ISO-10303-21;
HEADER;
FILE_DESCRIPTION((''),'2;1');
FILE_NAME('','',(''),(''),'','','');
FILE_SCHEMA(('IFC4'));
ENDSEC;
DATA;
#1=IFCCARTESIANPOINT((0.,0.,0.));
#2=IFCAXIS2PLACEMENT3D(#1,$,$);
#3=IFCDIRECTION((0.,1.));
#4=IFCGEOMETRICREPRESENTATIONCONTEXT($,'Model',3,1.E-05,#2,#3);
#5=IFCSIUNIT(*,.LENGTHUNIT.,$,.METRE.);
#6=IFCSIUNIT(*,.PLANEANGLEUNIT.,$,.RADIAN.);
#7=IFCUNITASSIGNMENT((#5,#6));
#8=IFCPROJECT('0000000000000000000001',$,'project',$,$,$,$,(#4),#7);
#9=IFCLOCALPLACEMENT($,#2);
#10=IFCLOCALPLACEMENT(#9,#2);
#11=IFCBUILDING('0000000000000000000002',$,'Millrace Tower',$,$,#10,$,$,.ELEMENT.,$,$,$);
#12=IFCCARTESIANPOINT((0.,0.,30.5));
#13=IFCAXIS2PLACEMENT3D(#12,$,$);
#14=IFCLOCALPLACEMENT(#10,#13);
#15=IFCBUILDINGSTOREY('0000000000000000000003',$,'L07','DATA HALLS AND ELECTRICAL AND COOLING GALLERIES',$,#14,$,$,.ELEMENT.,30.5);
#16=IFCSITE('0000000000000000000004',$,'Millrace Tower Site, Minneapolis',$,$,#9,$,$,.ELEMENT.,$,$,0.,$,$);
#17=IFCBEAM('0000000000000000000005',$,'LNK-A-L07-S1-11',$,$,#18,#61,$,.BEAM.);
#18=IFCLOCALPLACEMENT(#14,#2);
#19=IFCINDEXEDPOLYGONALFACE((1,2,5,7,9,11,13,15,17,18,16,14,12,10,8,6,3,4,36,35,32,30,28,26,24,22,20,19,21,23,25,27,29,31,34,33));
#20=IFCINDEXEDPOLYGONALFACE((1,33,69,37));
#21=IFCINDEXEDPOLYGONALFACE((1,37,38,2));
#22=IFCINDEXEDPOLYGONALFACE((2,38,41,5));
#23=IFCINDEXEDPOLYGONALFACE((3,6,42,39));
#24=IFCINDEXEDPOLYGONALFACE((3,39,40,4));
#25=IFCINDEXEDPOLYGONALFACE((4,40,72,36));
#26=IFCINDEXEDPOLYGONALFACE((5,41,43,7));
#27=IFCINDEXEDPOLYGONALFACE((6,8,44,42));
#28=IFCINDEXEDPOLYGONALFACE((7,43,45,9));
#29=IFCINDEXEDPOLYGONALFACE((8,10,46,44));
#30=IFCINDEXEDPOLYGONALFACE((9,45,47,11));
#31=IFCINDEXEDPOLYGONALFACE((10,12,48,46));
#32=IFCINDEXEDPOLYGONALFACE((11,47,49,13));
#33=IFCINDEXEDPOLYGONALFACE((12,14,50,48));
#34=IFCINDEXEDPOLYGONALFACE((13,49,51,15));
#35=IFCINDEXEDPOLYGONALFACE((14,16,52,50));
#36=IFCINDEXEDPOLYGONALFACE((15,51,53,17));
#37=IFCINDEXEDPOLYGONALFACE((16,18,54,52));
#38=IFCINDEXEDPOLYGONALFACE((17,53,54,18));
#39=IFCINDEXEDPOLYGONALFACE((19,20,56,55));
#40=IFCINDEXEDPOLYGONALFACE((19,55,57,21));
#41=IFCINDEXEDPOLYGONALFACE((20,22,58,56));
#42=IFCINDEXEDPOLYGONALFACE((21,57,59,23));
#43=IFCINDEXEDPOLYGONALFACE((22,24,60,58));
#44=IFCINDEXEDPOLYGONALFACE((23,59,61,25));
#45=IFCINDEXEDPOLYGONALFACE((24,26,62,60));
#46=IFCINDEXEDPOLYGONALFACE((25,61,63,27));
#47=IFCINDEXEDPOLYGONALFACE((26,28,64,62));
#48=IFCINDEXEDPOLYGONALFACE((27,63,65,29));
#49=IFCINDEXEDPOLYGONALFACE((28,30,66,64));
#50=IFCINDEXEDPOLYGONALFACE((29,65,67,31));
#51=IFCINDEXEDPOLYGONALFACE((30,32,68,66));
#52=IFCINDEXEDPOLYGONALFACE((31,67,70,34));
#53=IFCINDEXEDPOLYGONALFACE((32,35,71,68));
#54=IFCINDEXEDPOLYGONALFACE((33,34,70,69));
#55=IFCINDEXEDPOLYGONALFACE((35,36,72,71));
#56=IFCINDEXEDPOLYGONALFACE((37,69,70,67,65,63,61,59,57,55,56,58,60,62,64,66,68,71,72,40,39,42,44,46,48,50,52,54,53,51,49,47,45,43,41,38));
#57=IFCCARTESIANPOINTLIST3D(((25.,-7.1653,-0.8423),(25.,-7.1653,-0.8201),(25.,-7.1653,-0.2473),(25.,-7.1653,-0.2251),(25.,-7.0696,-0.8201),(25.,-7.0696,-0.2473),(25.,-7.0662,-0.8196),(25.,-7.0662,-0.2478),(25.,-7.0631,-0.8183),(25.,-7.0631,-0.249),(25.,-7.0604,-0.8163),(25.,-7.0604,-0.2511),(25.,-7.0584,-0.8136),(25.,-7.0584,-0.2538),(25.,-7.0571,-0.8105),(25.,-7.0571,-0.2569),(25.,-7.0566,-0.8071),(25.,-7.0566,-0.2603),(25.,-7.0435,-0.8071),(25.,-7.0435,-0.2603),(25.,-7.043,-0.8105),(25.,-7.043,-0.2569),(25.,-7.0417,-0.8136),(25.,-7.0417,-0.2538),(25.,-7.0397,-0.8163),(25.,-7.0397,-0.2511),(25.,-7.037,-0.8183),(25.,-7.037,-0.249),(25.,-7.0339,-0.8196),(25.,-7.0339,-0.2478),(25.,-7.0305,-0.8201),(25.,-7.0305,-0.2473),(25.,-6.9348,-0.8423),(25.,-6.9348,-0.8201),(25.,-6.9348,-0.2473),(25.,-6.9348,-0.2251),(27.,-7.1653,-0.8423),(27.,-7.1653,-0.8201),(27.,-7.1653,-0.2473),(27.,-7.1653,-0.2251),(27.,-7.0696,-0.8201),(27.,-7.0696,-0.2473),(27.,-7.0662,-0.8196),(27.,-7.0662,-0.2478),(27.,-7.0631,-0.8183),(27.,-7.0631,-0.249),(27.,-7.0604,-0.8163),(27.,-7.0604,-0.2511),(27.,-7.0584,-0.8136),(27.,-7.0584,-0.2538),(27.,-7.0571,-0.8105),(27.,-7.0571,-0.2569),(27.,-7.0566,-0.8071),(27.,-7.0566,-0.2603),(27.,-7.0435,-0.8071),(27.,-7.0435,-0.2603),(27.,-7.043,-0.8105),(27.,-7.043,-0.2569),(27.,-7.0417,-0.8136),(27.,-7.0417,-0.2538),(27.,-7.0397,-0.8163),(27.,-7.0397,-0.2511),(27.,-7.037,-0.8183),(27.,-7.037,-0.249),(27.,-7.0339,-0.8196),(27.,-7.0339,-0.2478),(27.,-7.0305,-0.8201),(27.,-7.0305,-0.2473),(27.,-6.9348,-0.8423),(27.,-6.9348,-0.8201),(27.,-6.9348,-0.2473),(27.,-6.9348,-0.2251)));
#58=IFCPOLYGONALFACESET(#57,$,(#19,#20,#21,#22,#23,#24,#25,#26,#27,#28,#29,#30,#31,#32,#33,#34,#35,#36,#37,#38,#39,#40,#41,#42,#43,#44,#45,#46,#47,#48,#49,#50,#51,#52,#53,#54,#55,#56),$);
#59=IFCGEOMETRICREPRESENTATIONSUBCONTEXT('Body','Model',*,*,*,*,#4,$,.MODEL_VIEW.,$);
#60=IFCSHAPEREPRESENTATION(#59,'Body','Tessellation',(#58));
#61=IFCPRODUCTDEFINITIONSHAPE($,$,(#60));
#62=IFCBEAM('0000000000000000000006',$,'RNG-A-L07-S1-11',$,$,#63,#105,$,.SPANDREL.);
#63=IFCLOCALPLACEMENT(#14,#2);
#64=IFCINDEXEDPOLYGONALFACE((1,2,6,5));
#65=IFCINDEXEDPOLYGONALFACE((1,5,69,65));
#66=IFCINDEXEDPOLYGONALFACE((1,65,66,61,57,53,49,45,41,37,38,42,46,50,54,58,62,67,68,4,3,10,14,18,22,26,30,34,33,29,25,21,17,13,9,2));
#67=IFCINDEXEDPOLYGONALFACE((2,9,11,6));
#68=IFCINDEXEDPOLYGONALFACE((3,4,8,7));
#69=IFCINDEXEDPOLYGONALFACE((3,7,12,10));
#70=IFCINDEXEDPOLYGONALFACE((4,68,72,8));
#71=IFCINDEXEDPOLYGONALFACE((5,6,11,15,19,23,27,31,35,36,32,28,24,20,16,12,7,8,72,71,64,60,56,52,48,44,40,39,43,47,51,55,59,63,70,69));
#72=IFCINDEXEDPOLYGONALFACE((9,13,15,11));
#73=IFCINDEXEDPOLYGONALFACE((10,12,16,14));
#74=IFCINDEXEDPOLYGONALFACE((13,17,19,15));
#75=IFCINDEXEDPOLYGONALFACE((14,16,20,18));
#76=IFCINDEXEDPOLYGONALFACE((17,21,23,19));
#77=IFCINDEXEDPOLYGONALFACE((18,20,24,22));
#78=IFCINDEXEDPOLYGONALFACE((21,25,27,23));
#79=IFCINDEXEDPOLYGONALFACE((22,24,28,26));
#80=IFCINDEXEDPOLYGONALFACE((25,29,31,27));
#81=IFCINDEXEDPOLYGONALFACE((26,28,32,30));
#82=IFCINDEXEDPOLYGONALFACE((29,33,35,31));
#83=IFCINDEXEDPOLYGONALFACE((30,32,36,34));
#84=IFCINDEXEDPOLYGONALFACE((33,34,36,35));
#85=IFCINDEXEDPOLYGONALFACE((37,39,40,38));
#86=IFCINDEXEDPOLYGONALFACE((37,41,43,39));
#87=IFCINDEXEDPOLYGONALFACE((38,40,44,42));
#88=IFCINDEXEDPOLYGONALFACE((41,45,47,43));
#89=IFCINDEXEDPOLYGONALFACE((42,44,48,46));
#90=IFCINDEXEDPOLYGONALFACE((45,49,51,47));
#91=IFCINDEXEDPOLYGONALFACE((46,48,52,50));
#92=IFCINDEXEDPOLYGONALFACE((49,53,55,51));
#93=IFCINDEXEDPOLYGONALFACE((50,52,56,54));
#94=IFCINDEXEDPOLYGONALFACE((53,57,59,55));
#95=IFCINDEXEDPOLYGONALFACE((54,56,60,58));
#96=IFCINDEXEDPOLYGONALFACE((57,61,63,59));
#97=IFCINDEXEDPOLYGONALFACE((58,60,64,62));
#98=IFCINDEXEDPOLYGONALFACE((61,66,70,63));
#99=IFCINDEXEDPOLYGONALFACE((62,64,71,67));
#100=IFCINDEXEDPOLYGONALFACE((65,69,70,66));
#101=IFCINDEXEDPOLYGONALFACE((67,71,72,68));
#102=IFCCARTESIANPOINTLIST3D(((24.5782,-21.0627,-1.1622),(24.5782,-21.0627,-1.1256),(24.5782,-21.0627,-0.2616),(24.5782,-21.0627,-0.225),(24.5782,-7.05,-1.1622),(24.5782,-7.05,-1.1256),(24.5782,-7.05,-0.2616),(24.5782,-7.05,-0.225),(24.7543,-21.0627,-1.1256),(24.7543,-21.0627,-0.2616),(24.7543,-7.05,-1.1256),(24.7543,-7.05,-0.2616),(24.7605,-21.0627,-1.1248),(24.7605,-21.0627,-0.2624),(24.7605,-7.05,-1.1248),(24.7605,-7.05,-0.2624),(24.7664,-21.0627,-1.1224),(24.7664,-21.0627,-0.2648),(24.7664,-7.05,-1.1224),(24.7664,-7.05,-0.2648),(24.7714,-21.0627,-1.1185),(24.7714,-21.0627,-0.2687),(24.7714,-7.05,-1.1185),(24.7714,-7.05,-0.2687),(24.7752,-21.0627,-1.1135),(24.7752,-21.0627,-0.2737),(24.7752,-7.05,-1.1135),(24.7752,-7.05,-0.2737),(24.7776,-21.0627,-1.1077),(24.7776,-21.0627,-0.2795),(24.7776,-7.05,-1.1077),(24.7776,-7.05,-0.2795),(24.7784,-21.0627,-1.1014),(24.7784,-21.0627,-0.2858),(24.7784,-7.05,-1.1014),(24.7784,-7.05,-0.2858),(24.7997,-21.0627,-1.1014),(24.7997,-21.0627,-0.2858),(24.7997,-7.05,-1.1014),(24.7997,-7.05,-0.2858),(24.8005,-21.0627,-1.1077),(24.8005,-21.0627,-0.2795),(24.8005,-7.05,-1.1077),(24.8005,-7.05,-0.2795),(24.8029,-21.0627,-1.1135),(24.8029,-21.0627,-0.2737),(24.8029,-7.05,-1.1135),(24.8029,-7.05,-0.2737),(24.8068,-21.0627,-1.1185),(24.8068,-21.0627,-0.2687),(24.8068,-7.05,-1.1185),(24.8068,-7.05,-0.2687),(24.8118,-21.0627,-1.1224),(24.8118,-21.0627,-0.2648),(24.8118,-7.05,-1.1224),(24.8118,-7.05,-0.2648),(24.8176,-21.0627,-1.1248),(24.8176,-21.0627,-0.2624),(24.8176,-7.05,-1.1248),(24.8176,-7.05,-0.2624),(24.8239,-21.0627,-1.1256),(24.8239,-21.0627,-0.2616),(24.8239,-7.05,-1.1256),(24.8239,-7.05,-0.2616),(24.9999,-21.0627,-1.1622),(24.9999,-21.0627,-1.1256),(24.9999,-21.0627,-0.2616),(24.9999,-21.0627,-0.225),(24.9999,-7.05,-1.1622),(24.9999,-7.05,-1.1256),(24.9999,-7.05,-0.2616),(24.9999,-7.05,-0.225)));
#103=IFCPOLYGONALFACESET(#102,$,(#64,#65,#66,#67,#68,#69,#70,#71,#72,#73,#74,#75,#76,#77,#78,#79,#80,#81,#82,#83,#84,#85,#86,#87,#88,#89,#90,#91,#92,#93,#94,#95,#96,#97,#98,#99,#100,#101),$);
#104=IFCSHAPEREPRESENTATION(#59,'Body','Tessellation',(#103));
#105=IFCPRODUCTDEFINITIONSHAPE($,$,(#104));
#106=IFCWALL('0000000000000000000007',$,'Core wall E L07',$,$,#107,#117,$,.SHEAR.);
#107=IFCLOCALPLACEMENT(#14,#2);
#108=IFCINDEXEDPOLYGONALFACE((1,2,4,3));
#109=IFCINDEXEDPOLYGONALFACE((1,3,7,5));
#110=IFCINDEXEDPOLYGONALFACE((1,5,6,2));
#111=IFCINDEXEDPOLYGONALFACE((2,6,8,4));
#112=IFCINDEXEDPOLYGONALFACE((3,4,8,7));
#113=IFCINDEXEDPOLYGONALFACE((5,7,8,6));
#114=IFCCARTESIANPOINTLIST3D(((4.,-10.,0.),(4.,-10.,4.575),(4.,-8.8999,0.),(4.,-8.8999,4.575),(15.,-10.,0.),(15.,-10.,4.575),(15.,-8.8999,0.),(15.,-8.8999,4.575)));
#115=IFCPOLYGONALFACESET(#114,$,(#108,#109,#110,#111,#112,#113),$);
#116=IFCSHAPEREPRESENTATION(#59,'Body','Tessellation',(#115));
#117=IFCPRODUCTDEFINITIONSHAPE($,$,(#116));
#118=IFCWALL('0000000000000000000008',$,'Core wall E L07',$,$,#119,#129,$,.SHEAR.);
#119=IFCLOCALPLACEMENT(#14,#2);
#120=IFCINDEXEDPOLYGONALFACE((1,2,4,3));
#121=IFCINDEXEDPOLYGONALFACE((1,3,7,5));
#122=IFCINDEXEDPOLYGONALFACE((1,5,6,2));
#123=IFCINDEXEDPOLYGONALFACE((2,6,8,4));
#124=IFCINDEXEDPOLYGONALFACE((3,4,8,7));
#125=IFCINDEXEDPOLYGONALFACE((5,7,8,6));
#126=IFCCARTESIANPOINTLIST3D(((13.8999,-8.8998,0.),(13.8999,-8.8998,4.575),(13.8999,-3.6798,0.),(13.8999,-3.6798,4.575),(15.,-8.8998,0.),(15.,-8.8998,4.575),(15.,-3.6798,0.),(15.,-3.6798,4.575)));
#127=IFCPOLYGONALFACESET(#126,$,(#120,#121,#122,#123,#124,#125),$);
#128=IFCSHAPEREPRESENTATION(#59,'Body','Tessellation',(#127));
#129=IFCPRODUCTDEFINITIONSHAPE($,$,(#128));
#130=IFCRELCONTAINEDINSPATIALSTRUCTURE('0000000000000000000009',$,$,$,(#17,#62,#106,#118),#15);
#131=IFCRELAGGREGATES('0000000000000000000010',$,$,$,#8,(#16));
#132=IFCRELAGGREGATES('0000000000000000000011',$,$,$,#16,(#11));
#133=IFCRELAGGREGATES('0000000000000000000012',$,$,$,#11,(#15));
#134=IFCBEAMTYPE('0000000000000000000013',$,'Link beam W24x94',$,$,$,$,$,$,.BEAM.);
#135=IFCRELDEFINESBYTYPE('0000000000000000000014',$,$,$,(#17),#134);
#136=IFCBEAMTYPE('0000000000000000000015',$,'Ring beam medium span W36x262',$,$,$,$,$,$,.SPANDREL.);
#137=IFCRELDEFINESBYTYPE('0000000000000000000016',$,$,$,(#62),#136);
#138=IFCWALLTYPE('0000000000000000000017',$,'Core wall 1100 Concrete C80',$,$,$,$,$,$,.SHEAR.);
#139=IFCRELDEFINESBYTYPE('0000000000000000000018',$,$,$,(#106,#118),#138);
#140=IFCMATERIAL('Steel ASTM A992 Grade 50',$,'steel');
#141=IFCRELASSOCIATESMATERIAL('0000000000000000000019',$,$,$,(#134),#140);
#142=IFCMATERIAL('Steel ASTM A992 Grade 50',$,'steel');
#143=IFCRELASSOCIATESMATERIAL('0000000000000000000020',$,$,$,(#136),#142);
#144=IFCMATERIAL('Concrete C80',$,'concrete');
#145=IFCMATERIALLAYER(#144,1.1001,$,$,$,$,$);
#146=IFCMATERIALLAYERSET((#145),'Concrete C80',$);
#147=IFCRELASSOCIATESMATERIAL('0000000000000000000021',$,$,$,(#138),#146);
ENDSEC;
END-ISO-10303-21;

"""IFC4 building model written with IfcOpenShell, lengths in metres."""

from ifc_helpers import new_model, si_unit, direction, frame, frame_2d, origin, origin_2d, place, context, subcontext, project, spatial, rectangle, i_section, extrude, material, layer, layer_set, material_profile, profile_set, type_object, element, save


model = new_model("IFC4")

# Units and contexts
model_context = context("Model", 3, precision=1e-05, world=origin(), true_north=direction((0.0, 1.0)))
body_context = subcontext(model_context, "Body", "Model", "MODEL_VIEW")
ifc_project = project(units=[si_unit("LENGTHUNIT", "METRE"), si_unit("PLANEANGLEUNIT", "RADIAN")], contexts=[model_context])

# Site, building, storey
site_placement = place(None, origin())
site = spatial("IfcSite", under=ifc_project, at=site_placement, Name="Millrace Tower Site, Minneapolis", CompositionType="ELEMENT", RefElevation=0.0)
building_placement = place(site_placement, origin())
building = spatial("IfcBuilding", under=site, at=building_placement, Name="Millrace Tower", CompositionType="ELEMENT")
storey_placement = place(building_placement, frame((0.0, 0.0, 30.5)))
storey = spatial("IfcBuildingStorey", under=building, at=storey_placement, Name="L07", Description="DATA HALLS AND ELECTRICAL AND COOLING GALLERIES", CompositionType="ELEMENT", Elevation=30.5)

# Beams
ifc_material_1 = material(Name="Steel ASTM A992 Grade 50", Category="steel")
ifc_material_profile_1 = material_profile(ifc_material_1, i_section(OverallWidth=0.2305, OverallDepth=0.6172, WebThickness=0.0132, FlangeThickness=0.0222, FilletRadius=0.0129, at=origin_2d()))
ifc_profile_set_1 = profile_set([ifc_material_profile_1], Name="Steel ASTM A992 Grade 50")
beam_type_1 = type_object("IfcBeamType", Name="Link beam W24x94", PredefinedType="BEAM", material=ifc_profile_set_1)
beam_1_placement = place(storey_placement, frame((25.0, -7.05, -0.5337), z_axis=(1.0, 0.0, 0.0), x_axis=(0.0, 1.0, 0.0)))
element("IfcBeam", 1, at=beam_1_placement, inside=storey, type_object=beam_type_1, Name="LNK-A-L07-S1-11", PredefinedType="BEAM", context=body_context, shape_type="SweptSolid", body=[
    extrude(i_section(OverallWidth=0.2305, OverallDepth=0.6172, WebThickness=0.0132, FlangeThickness=0.0222, FilletRadius=0.0129, at=origin_2d()), origin(), (0.0, 0.0, 1.0), 2.0),
])
ifc_material_2 = material(Name="Steel ASTM A992 Grade 50", Category="steel")
ifc_material_profile_2 = material_profile(ifc_material_2, i_section(OverallWidth=0.4216, OverallDepth=0.9373, WebThickness=0.0212, FlangeThickness=0.0366, FilletRadius=0.0242, at=origin_2d()))
ifc_profile_set_2 = profile_set([ifc_material_profile_2], Name="Steel ASTM A992 Grade 50")
beam_type_2 = type_object("IfcBeamType", Name="Ring beam medium span W36x262", PredefinedType="SPANDREL", material=ifc_profile_set_2)
beam_2_placement = place(storey_placement, frame((24.7891, -7.05, -0.6936), z_axis=(0.0, -1.0, 0.0), x_axis=(1.0, 0.0, 0.0)))
element("IfcBeam", 2, at=beam_2_placement, inside=storey, type_object=beam_type_2, Name="RNG-A-L07-S1-11", PredefinedType="SPANDREL", context=body_context, shape_type="SweptSolid", body=[
    extrude(i_section(OverallWidth=0.4216, OverallDepth=0.9373, WebThickness=0.0212, FlangeThickness=0.0366, FilletRadius=0.0242, at=origin_2d()), origin(), (0.0, 0.0, 1.0), 14.0127),
])

# Walls
ifc_material_3 = material(Name="Concrete C80", Category="concrete")
ifc_layer_1 = layer(ifc_material_3, 1.1001)
ifc_layer_set_1 = layer_set([ifc_layer_1], Name="Concrete C80")
wall_type_1 = type_object("IfcWallType", Name="Core wall 1100 Concrete C80", PredefinedType="SHEAR", material=ifc_layer_set_1)
wall_1_placement = place(storey_placement, frame((15.0, -9.45, 0.0), z_axis=(0.0, 0.0, 1.0), x_axis=(-1.0, 0.0, 0.0)))
element("IfcWall", 3, at=wall_1_placement, inside=storey, type_object=wall_type_1, Name="Core wall E L07", PredefinedType="SHEAR", context=body_context, shape_type="SweptSolid", body=[
    extrude(rectangle(XDim=11.0, YDim=1.1001, at=frame_2d((5.5, 0.0))), origin(), (0.0, 0.0, 1.0), 4.575),
])
wall_2_placement = place(storey_placement, frame((14.45, -3.6799, 0.0), z_axis=(0.0, 0.0, 1.0), x_axis=(0.0, -1.0, 0.0)))
element("IfcWall", 4, at=wall_2_placement, inside=storey, type_object=wall_type_1, Name="Core wall E L07", PredefinedType="SHEAR", context=body_context, shape_type="SweptSolid", body=[
    extrude(rectangle(XDim=5.22, YDim=1.1001, at=frame_2d((2.6099, 0.0))), origin(), (0.0, 0.0, 1.0), 4.575),
])

save(model, "model.ifc")
